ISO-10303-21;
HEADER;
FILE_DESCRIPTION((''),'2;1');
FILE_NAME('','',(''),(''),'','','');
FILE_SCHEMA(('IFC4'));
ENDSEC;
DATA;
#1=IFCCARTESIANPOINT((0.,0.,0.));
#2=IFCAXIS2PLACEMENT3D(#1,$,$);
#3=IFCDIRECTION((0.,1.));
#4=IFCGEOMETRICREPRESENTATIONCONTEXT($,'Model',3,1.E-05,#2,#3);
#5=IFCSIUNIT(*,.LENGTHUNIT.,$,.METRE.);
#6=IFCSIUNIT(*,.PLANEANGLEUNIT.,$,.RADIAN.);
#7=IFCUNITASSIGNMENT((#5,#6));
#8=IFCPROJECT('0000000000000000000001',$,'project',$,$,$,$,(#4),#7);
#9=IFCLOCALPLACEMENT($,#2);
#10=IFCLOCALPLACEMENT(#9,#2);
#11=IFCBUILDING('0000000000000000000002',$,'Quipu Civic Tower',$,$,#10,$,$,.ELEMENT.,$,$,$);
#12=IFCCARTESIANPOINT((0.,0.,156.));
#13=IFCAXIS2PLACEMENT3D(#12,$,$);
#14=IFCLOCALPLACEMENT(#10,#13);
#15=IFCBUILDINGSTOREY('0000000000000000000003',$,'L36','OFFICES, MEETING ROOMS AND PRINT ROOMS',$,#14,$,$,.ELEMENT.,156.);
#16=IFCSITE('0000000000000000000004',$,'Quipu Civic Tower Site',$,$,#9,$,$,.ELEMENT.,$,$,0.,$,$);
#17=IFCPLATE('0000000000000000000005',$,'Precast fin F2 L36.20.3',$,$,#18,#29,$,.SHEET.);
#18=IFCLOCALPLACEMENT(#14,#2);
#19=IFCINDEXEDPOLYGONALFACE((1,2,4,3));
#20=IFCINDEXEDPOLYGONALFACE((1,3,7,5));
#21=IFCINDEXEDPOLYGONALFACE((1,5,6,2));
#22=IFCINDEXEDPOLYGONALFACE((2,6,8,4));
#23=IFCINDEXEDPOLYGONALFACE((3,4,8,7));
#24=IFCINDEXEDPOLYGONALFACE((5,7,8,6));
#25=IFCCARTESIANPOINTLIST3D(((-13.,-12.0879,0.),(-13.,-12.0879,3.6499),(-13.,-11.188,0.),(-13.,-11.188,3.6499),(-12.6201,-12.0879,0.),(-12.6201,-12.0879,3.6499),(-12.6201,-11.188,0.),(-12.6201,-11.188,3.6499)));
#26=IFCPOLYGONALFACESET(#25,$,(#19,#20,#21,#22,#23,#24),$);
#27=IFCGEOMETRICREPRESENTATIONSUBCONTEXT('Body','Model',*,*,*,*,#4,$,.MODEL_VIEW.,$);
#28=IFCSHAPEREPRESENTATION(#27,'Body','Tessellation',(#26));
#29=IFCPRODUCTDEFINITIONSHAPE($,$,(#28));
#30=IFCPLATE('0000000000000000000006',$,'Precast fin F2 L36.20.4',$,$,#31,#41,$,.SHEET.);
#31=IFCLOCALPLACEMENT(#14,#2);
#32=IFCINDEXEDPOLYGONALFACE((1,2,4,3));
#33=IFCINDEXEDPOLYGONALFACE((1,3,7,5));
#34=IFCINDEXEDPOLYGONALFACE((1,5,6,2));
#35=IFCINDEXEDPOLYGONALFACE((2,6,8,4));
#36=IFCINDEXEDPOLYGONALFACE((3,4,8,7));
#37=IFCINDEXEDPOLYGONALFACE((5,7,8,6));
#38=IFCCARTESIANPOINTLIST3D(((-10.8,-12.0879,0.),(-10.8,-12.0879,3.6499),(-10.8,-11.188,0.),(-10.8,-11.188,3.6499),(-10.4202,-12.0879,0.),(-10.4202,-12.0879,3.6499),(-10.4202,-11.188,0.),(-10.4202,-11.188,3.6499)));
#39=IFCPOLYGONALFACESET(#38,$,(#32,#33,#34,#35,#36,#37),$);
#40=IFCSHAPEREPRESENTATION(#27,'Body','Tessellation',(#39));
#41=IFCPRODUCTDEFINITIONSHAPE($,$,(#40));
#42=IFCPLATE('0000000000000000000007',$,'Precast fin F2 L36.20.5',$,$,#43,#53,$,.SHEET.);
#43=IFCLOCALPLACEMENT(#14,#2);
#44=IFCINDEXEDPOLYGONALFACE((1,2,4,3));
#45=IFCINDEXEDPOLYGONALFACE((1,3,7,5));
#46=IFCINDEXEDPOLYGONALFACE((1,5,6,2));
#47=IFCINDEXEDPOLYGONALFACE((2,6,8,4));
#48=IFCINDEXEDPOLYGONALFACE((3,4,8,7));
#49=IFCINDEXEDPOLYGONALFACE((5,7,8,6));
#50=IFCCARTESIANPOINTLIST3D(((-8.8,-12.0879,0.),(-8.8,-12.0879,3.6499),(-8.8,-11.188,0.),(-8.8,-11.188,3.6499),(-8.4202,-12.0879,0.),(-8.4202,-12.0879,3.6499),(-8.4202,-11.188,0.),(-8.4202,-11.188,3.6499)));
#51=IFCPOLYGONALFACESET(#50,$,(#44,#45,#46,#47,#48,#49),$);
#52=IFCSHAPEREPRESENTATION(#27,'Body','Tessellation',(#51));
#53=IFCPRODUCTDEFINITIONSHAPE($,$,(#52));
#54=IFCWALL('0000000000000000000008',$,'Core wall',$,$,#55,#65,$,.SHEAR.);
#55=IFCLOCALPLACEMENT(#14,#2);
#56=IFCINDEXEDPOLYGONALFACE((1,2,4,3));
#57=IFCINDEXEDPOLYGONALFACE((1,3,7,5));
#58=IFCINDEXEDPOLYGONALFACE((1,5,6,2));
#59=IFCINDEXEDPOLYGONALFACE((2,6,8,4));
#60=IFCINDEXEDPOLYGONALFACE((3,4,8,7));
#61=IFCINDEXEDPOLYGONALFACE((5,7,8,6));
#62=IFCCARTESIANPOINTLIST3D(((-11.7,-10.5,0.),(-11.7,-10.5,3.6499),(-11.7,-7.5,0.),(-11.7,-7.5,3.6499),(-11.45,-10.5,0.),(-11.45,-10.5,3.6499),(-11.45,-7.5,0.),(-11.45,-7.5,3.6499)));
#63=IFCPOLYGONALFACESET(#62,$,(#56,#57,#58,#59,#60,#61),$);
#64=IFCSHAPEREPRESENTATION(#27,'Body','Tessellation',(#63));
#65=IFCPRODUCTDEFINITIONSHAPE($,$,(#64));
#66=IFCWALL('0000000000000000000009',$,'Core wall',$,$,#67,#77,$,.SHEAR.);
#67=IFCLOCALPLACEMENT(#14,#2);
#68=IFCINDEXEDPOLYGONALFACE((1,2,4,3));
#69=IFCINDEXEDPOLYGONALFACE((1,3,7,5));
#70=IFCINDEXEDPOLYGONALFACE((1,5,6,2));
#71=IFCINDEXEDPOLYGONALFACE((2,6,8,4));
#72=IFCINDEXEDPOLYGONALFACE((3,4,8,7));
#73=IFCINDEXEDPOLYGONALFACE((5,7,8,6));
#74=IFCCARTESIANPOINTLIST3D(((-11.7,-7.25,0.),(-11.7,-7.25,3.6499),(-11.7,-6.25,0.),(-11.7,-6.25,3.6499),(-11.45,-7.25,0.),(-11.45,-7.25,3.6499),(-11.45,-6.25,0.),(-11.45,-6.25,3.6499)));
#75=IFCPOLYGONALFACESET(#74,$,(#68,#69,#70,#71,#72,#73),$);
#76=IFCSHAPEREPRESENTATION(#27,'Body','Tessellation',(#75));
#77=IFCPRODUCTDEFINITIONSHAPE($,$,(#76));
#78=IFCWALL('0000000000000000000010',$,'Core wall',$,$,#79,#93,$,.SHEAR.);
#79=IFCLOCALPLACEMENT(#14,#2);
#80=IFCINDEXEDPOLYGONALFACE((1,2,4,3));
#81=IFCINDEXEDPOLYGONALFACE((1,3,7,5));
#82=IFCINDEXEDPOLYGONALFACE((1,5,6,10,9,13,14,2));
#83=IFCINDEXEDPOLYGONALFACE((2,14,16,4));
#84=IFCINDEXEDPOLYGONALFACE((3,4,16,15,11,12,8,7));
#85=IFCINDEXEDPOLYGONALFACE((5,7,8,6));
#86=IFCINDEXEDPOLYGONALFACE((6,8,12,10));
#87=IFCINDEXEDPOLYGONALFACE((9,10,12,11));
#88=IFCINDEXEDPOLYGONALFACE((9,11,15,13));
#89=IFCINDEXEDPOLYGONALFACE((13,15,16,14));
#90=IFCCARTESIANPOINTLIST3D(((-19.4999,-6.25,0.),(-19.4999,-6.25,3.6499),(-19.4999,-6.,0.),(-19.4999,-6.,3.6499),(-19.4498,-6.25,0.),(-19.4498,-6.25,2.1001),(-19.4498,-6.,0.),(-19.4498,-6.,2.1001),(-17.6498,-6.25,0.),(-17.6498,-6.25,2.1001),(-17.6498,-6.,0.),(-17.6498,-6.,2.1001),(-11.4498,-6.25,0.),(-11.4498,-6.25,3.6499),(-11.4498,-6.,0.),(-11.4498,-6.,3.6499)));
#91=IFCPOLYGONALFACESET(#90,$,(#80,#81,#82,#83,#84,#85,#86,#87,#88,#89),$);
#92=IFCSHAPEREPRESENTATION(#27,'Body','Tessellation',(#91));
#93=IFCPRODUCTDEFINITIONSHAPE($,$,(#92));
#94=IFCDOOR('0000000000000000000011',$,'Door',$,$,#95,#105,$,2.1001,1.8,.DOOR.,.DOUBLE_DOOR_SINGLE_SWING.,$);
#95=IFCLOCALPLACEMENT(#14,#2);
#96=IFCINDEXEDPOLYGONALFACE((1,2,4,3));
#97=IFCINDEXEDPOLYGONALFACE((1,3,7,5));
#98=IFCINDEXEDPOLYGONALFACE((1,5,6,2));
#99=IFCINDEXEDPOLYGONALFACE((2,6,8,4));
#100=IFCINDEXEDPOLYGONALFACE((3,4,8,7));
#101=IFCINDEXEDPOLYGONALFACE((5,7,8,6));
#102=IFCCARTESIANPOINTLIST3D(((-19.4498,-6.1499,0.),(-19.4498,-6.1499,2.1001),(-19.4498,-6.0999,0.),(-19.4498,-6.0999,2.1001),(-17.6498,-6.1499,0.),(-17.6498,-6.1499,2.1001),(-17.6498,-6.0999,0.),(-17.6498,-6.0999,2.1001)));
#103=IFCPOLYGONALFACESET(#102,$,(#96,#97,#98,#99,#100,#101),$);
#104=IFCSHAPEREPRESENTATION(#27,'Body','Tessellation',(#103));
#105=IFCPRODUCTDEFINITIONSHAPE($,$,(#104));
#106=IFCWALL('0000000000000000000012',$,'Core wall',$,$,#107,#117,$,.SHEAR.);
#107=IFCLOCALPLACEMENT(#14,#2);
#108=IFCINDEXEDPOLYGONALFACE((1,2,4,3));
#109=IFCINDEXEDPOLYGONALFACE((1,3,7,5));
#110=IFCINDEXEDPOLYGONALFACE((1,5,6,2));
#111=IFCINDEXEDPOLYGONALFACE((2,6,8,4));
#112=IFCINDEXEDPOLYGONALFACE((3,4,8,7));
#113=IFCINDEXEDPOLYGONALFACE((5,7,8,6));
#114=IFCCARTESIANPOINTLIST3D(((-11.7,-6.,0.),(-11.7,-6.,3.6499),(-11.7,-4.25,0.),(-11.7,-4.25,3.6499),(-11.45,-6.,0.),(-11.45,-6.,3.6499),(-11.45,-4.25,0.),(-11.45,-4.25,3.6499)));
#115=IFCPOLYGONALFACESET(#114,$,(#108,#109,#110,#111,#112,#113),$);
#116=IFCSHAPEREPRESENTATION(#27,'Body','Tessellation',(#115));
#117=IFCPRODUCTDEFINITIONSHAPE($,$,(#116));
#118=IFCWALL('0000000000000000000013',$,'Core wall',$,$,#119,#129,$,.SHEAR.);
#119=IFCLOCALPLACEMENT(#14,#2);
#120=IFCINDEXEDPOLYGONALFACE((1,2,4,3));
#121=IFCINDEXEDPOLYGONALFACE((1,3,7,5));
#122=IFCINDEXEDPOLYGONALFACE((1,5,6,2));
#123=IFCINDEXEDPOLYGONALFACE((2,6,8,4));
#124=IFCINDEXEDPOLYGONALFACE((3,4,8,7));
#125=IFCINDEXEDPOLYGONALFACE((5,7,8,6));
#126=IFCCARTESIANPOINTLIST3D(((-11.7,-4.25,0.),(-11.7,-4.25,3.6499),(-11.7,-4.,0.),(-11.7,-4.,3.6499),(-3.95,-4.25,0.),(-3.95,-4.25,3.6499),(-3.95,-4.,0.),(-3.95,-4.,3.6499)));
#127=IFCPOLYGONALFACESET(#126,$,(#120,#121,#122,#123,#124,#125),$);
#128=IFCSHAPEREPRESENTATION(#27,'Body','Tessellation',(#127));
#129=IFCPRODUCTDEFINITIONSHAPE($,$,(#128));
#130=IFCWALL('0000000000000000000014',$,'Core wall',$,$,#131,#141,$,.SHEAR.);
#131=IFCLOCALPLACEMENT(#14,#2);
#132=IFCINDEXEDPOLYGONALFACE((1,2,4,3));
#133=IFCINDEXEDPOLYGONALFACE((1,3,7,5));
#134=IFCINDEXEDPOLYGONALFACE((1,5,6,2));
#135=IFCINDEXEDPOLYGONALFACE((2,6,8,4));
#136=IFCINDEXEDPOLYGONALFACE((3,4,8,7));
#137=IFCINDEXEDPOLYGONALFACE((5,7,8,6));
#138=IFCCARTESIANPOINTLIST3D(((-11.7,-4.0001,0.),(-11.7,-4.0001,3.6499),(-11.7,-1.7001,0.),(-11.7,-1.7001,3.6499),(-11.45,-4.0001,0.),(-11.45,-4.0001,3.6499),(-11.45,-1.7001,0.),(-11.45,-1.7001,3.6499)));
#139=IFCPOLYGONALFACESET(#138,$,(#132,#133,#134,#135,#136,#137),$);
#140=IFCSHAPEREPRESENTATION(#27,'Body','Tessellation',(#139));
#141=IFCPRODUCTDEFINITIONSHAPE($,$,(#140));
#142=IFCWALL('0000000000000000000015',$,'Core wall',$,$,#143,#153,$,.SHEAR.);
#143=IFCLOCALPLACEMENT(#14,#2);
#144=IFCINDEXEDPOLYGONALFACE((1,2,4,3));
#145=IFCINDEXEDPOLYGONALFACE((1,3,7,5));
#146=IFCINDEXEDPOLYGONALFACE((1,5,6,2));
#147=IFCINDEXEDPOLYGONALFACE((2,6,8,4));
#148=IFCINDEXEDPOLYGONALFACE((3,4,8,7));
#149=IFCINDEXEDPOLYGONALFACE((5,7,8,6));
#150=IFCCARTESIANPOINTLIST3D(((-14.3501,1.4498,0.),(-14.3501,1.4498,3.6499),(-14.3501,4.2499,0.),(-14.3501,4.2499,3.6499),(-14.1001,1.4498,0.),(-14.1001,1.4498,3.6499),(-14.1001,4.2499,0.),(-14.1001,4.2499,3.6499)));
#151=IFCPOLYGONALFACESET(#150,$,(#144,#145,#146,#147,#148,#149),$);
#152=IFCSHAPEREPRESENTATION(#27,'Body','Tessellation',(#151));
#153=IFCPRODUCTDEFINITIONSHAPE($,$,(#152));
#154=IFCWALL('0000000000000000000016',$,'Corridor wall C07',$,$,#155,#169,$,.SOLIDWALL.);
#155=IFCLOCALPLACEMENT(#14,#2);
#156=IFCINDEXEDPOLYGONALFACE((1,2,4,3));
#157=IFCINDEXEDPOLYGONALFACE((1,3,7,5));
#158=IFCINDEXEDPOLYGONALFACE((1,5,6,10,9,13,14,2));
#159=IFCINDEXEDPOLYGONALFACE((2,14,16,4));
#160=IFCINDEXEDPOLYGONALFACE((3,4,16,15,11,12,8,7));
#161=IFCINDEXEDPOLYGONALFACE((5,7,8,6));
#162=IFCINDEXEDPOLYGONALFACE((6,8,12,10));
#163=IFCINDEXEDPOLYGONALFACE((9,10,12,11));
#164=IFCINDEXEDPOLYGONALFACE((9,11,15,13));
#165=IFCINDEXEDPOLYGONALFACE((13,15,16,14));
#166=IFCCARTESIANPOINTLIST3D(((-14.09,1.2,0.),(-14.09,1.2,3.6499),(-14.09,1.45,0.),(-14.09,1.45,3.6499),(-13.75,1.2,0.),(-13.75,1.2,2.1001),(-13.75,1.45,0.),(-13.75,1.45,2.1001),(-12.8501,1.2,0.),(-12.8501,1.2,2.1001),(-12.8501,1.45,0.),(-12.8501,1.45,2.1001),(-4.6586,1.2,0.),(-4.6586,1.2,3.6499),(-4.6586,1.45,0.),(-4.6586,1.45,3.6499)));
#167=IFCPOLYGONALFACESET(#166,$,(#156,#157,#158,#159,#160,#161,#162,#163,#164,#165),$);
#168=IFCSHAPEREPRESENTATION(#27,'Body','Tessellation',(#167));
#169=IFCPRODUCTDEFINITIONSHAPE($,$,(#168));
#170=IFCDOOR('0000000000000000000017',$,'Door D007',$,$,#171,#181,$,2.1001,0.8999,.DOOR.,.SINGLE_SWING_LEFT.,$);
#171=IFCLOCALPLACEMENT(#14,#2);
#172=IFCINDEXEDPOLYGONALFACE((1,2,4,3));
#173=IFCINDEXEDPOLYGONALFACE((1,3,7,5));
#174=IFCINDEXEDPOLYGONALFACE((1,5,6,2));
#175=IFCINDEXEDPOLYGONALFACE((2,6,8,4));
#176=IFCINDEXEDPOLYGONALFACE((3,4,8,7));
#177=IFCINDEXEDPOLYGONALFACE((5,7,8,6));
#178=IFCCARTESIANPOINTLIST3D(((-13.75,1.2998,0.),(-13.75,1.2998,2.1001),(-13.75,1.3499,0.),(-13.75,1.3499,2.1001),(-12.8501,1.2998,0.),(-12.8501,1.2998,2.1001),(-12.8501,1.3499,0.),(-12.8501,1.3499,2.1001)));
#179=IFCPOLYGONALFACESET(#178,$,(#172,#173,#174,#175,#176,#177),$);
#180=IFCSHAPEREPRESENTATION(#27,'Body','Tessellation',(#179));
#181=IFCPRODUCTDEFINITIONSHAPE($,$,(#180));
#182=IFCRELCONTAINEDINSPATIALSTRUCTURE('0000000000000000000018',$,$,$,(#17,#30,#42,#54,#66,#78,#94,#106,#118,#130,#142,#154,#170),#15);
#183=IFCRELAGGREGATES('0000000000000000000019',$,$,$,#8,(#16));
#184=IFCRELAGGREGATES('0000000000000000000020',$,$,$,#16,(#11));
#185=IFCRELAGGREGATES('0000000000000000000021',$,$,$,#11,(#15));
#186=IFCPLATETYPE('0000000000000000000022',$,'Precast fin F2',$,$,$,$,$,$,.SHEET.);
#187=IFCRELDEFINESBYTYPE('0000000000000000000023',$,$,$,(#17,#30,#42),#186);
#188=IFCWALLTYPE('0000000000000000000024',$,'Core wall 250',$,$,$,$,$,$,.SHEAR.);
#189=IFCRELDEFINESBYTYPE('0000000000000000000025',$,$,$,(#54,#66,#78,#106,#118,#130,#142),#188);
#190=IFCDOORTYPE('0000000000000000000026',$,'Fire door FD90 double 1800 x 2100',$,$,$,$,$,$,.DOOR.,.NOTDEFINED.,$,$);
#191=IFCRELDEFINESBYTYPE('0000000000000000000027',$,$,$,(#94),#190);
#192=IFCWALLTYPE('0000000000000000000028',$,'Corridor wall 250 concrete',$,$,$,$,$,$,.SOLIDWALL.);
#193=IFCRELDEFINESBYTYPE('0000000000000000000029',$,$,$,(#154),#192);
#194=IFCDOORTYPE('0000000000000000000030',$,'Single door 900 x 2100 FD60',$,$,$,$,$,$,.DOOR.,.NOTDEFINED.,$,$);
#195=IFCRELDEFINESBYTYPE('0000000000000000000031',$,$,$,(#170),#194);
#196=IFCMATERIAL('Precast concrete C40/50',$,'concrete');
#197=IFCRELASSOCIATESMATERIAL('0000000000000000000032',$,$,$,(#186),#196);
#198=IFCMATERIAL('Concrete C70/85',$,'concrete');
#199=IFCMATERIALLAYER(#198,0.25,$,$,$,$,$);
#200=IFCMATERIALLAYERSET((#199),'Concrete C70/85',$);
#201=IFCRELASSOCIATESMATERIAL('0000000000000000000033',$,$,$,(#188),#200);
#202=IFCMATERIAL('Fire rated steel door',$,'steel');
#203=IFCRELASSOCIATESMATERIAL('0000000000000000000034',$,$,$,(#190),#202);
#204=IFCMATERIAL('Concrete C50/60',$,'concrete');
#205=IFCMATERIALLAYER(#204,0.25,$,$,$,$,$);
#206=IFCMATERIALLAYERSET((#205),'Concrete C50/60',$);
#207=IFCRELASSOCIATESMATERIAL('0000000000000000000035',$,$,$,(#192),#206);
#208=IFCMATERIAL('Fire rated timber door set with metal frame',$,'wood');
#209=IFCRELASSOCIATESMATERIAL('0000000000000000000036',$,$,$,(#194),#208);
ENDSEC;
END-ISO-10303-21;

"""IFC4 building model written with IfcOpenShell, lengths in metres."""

from ifc_helpers import new_model, si_unit, direction, frame, frame_2d, origin, origin_2d, place, context, subcontext, project, spatial, rectangle, extrude, material, layer, layer_set, type_object, element, fill, save


model = new_model("IFC4")

# Units and contexts
model_context = context("Model", 3, precision=1e-05, world=origin(), true_north=direction((0.0, 1.0)))
body_context = subcontext(model_context, "Body", "Model", "MODEL_VIEW")
ifc_project = project(units=[si_unit("LENGTHUNIT", "METRE"), si_unit("PLANEANGLEUNIT", "RADIAN")], contexts=[model_context])

# Site, building, storey
site_placement = place(None, origin())
site = spatial("IfcSite", under=ifc_project, at=site_placement, Name="Quipu Civic Tower Site", CompositionType="ELEMENT", RefElevation=0.0)
building_placement = place(site_placement, origin())
building = spatial("IfcBuilding", under=site, at=building_placement, Name="Quipu Civic Tower", CompositionType="ELEMENT")
storey_placement = place(building_placement, frame((0.0, 0.0, 156.0)))
storey = spatial("IfcBuildingStorey", under=building, at=storey_placement, Name="L36", Description="OFFICES, MEETING ROOMS AND PRINT ROOMS", CompositionType="ELEMENT", Elevation=156.0)

# Plates
ifc_material_1 = material(Name="Precast concrete C40/50", Category="concrete")
plate_type = type_object("IfcPlateType", Name="Precast fin F2", PredefinedType="SHEET", material=ifc_material_1)
for number, where, z_axis, x_axis, name in (
    (1, (-12.8101, -11.6379, 0.0), (0.0, 0.0, 1.0), (1.0, 0.0, 0.0), "Precast fin F2 L36.20.3"),
    (2, (-10.6101, -11.6379, 0.0), (0.0, 0.0, 1.0), (1.0, 0.0, 0.0), "Precast fin F2 L36.20.4"),
    (3, (-8.6101, -11.6379, 0.0), (0.0, 0.0, 1.0), (1.0, 0.0, 0.0), "Precast fin F2 L36.20.5"),
):
    element("IfcPlate", number, at=place(storey_placement, frame(where, z_axis=z_axis, x_axis=x_axis)), inside=storey, type_object=plate_type, Name=name, PredefinedType="SHEET", context=body_context, shape_type="SweptSolid", body=[
        extrude(rectangle(XDim=0.3799, YDim=0.8999, at=origin_2d()), origin(), (0.0, 0.0, 1.0), 3.6499),
    ])

# Walls
ifc_material_2 = material(Name="Concrete C70/85", Category="concrete")
ifc_layer_1 = layer(ifc_material_2, 0.25)
ifc_layer_set_1 = layer_set([ifc_layer_1], Name="Concrete C70/85")
wall_type_1 = type_object("IfcWallType", Name="Core wall 250", PredefinedType="SHEAR", material=ifc_layer_set_1)
wall_1_placement = place(storey_placement, frame((-11.575, -10.5, 0.0), z_axis=(0.0, 0.0, 1.0), x_axis=(0.0, 1.0, 0.0)))
element("IfcWall", 4, at=wall_1_placement, inside=storey, type_object=wall_type_1, Name="Core wall", PredefinedType="SHEAR", context=body_context, shape_type="SweptSolid", body=[
    extrude(rectangle(XDim=3.0, YDim=0.25, at=frame_2d((1.5, 0.0))), origin(), (0.0, 0.0, 1.0), 3.6499),
])
wall_2_placement = place(storey_placement, frame((-11.575, -7.25, 0.0), z_axis=(0.0, 0.0, 1.0), x_axis=(0.0, 1.0, 0.0)))
element("IfcWall", 5, at=wall_2_placement, inside=storey, type_object=wall_type_1, Name="Core wall", PredefinedType="SHEAR", context=body_context, shape_type="SweptSolid", body=[
    extrude(rectangle(XDim=1.0, YDim=0.25, at=frame_2d((0.5, 0.0))), origin(), (0.0, 0.0, 1.0), 3.6499),
])

# Wall, opening, door
wall_3_placement = place(storey_placement, frame((-11.45, -6.125, 0.0), z_axis=(0.0, 0.0, 1.0), x_axis=(-1.0, 0.0, 0.0)))
wall_3 = element("IfcWall", 6, at=wall_3_placement, inside=storey, type_object=wall_type_1, Name="Core wall", PredefinedType="SHEAR", context=body_context, shape_type="SweptSolid", body=[
    extrude(rectangle(XDim=8.05, YDim=0.25, at=frame_2d((4.0249, 0.0))), origin(), (0.0, 0.0, 1.0), 3.6499),
])
opening_1_placement = place(wall_3_placement, frame((6.2, 0.0, 0.0)))
opening_1 = element("IfcOpeningElement", 7, at=opening_1_placement, cuts=wall_3, PredefinedType="OPENING", context=body_context, shape_type="SweptSolid", body=[
    extrude(rectangle(XDim=1.8, YDim=2.1001, at=frame_2d((0.8999, 1.05))), frame((0.0, 0.135, 0.0), z_axis=(0.0, -1.0, 0.0), x_axis=(1.0, 0.0, 0.0)), (0.0, 0.0, 1.0), 0.27),
])
ifc_material_3 = material(Name="Fire rated steel door", Category="steel")
door_type_1 = type_object("IfcDoorType", Name="Fire door FD90 double 1800 x 2100", OperationType="NOTDEFINED", PredefinedType="DOOR", material=ifc_material_3)
door_1_placement = place(opening_1_placement, origin())
door_1 = element("IfcDoor", 8, at=door_1_placement, inside=storey, type_object=door_type_1, Name="Door", OperationType="DOUBLE_DOOR_SINGLE_SWING", OverallHeight=2.1001, OverallWidth=1.8, PredefinedType="DOOR", context=body_context, shape_type="SweptSolid", body=[
    extrude(rectangle(XDim=1.8, YDim=2.1001, at=frame_2d((0.8999, 1.05))), frame((0.0, 0.0249, 0.0), z_axis=(0.0, -1.0, 0.0), x_axis=(1.0, 0.0, 0.0)), (0.0, 0.0, 1.0), 0.05),
])
fill(opening_1, door_1)

# Walls
wall_4_placement = place(storey_placement, frame((-11.575, -6.0, 0.0), z_axis=(0.0, 0.0, 1.0), x_axis=(0.0, 1.0, 0.0)))
element("IfcWall", 9, at=wall_4_placement, inside=storey, type_object=wall_type_1, Name="Core wall", PredefinedType="SHEAR", context=body_context, shape_type="SweptSolid", body=[
    extrude(rectangle(XDim=1.75, YDim=0.25, at=frame_2d((0.875, 0.0))), origin(), (0.0, 0.0, 1.0), 3.6499),
])
wall_5_placement = place(storey_placement, frame((-11.7, -4.125, 0.0), z_axis=(0.0, 0.0, 1.0), x_axis=(1.0, 0.0, 0.0)))
element("IfcWall", 10, at=wall_5_placement, inside=storey, type_object=wall_type_1, Name="Core wall", PredefinedType="SHEAR", context=body_context, shape_type="SweptSolid", body=[
    extrude(rectangle(XDim=7.75, YDim=0.25, at=frame_2d((3.875, 0.0))), origin(), (0.0, 0.0, 1.0), 3.6499),
])
wall_6_placement = place(storey_placement, frame((-11.575, -4.0, 0.0), z_axis=(0.0, 0.0, 1.0), x_axis=(0.0, 1.0, 0.0)))
element("IfcWall", 11, at=wall_6_placement, inside=storey, type_object=wall_type_1, Name="Core wall", PredefinedType="SHEAR", context=body_context, shape_type="SweptSolid", body=[
    extrude(rectangle(XDim=2.3, YDim=0.25, at=frame_2d((1.1499, 0.0))), origin(), (0.0, 0.0, 1.0), 3.6499),
])
wall_7_placement = place(storey_placement, frame((-14.2251, 1.45, 0.0), z_axis=(0.0, 0.0, 1.0), x_axis=(0.0, 1.0, 0.0)))
element("IfcWall", 12, at=wall_7_placement, inside=storey, type_object=wall_type_1, Name="Core wall", PredefinedType="SHEAR", context=body_context, shape_type="SweptSolid", body=[
    extrude(rectangle(XDim=2.8, YDim=0.25, at=frame_2d((1.3999, 0.0))), origin(), (0.0, 0.0, 1.0), 3.6499),
])

# Wall, opening, door
ifc_material_4 = material(Name="Concrete C50/60", Category="concrete")
ifc_layer_2 = layer(ifc_material_4, 0.25)
ifc_layer_set_2 = layer_set([ifc_layer_2], Name="Concrete C50/60")
wall_type_2 = type_object("IfcWallType", Name="Corridor wall 250 concrete", PredefinedType="SOLIDWALL", material=ifc_layer_set_2)
wall_8_placement = place(storey_placement, frame((-14.0901, 1.325, 0.0), z_axis=(0.0, 0.0, 1.0), x_axis=(1.0, 0.0, 0.0)))
wall_8 = element("IfcWall", 13, at=wall_8_placement, inside=storey, type_object=wall_type_2, Name="Corridor wall C07", PredefinedType="SOLIDWALL", context=body_context, shape_type="SweptSolid", body=[
    extrude(rectangle(XDim=9.4314, YDim=0.25, at=frame_2d((4.7158, 0.0))), origin(), (0.0, 0.0, 1.0), 3.6499),
])
opening_2_placement = place(wall_8_placement, frame((0.3401, 0.0, 0.0)))
opening_2 = element("IfcOpeningElement", 14, at=opening_2_placement, cuts=wall_8, PredefinedType="OPENING", context=body_context, shape_type="SweptSolid", body=[
    extrude(rectangle(XDim=0.8999, YDim=2.1001, at=frame_2d((0.45, 1.05))), frame((0.0, 0.135, 0.0), z_axis=(0.0, -1.0, 0.0), x_axis=(1.0, 0.0, 0.0)), (0.0, 0.0, 1.0), 0.27),
])
ifc_material_5 = material(Name="Fire rated timber door set with metal frame", Category="wood")
door_type_2 = type_object("IfcDoorType", Name="Single door 900 x 2100 FD60", OperationType="NOTDEFINED", PredefinedType="DOOR", material=ifc_material_5)
door_2_placement = place(opening_2_placement, origin())
door_2 = element("IfcDoor", 15, at=door_2_placement, inside=storey, type_object=door_type_2, Name="Door D007", OperationType="SINGLE_SWING_LEFT", OverallHeight=2.1001, OverallWidth=0.8999, PredefinedType="DOOR", context=body_context, shape_type="SweptSolid", body=[
    extrude(rectangle(XDim=0.8999, YDim=2.1001, at=frame_2d((0.45, 1.05))), frame((0.0, 0.0249, 0.0), z_axis=(0.0, -1.0, 0.0), x_axis=(1.0, 0.0, 0.0)), (0.0, 0.0, 1.0), 0.05),
])
fill(opening_2, door_2)

save(model, "model.ifc")
